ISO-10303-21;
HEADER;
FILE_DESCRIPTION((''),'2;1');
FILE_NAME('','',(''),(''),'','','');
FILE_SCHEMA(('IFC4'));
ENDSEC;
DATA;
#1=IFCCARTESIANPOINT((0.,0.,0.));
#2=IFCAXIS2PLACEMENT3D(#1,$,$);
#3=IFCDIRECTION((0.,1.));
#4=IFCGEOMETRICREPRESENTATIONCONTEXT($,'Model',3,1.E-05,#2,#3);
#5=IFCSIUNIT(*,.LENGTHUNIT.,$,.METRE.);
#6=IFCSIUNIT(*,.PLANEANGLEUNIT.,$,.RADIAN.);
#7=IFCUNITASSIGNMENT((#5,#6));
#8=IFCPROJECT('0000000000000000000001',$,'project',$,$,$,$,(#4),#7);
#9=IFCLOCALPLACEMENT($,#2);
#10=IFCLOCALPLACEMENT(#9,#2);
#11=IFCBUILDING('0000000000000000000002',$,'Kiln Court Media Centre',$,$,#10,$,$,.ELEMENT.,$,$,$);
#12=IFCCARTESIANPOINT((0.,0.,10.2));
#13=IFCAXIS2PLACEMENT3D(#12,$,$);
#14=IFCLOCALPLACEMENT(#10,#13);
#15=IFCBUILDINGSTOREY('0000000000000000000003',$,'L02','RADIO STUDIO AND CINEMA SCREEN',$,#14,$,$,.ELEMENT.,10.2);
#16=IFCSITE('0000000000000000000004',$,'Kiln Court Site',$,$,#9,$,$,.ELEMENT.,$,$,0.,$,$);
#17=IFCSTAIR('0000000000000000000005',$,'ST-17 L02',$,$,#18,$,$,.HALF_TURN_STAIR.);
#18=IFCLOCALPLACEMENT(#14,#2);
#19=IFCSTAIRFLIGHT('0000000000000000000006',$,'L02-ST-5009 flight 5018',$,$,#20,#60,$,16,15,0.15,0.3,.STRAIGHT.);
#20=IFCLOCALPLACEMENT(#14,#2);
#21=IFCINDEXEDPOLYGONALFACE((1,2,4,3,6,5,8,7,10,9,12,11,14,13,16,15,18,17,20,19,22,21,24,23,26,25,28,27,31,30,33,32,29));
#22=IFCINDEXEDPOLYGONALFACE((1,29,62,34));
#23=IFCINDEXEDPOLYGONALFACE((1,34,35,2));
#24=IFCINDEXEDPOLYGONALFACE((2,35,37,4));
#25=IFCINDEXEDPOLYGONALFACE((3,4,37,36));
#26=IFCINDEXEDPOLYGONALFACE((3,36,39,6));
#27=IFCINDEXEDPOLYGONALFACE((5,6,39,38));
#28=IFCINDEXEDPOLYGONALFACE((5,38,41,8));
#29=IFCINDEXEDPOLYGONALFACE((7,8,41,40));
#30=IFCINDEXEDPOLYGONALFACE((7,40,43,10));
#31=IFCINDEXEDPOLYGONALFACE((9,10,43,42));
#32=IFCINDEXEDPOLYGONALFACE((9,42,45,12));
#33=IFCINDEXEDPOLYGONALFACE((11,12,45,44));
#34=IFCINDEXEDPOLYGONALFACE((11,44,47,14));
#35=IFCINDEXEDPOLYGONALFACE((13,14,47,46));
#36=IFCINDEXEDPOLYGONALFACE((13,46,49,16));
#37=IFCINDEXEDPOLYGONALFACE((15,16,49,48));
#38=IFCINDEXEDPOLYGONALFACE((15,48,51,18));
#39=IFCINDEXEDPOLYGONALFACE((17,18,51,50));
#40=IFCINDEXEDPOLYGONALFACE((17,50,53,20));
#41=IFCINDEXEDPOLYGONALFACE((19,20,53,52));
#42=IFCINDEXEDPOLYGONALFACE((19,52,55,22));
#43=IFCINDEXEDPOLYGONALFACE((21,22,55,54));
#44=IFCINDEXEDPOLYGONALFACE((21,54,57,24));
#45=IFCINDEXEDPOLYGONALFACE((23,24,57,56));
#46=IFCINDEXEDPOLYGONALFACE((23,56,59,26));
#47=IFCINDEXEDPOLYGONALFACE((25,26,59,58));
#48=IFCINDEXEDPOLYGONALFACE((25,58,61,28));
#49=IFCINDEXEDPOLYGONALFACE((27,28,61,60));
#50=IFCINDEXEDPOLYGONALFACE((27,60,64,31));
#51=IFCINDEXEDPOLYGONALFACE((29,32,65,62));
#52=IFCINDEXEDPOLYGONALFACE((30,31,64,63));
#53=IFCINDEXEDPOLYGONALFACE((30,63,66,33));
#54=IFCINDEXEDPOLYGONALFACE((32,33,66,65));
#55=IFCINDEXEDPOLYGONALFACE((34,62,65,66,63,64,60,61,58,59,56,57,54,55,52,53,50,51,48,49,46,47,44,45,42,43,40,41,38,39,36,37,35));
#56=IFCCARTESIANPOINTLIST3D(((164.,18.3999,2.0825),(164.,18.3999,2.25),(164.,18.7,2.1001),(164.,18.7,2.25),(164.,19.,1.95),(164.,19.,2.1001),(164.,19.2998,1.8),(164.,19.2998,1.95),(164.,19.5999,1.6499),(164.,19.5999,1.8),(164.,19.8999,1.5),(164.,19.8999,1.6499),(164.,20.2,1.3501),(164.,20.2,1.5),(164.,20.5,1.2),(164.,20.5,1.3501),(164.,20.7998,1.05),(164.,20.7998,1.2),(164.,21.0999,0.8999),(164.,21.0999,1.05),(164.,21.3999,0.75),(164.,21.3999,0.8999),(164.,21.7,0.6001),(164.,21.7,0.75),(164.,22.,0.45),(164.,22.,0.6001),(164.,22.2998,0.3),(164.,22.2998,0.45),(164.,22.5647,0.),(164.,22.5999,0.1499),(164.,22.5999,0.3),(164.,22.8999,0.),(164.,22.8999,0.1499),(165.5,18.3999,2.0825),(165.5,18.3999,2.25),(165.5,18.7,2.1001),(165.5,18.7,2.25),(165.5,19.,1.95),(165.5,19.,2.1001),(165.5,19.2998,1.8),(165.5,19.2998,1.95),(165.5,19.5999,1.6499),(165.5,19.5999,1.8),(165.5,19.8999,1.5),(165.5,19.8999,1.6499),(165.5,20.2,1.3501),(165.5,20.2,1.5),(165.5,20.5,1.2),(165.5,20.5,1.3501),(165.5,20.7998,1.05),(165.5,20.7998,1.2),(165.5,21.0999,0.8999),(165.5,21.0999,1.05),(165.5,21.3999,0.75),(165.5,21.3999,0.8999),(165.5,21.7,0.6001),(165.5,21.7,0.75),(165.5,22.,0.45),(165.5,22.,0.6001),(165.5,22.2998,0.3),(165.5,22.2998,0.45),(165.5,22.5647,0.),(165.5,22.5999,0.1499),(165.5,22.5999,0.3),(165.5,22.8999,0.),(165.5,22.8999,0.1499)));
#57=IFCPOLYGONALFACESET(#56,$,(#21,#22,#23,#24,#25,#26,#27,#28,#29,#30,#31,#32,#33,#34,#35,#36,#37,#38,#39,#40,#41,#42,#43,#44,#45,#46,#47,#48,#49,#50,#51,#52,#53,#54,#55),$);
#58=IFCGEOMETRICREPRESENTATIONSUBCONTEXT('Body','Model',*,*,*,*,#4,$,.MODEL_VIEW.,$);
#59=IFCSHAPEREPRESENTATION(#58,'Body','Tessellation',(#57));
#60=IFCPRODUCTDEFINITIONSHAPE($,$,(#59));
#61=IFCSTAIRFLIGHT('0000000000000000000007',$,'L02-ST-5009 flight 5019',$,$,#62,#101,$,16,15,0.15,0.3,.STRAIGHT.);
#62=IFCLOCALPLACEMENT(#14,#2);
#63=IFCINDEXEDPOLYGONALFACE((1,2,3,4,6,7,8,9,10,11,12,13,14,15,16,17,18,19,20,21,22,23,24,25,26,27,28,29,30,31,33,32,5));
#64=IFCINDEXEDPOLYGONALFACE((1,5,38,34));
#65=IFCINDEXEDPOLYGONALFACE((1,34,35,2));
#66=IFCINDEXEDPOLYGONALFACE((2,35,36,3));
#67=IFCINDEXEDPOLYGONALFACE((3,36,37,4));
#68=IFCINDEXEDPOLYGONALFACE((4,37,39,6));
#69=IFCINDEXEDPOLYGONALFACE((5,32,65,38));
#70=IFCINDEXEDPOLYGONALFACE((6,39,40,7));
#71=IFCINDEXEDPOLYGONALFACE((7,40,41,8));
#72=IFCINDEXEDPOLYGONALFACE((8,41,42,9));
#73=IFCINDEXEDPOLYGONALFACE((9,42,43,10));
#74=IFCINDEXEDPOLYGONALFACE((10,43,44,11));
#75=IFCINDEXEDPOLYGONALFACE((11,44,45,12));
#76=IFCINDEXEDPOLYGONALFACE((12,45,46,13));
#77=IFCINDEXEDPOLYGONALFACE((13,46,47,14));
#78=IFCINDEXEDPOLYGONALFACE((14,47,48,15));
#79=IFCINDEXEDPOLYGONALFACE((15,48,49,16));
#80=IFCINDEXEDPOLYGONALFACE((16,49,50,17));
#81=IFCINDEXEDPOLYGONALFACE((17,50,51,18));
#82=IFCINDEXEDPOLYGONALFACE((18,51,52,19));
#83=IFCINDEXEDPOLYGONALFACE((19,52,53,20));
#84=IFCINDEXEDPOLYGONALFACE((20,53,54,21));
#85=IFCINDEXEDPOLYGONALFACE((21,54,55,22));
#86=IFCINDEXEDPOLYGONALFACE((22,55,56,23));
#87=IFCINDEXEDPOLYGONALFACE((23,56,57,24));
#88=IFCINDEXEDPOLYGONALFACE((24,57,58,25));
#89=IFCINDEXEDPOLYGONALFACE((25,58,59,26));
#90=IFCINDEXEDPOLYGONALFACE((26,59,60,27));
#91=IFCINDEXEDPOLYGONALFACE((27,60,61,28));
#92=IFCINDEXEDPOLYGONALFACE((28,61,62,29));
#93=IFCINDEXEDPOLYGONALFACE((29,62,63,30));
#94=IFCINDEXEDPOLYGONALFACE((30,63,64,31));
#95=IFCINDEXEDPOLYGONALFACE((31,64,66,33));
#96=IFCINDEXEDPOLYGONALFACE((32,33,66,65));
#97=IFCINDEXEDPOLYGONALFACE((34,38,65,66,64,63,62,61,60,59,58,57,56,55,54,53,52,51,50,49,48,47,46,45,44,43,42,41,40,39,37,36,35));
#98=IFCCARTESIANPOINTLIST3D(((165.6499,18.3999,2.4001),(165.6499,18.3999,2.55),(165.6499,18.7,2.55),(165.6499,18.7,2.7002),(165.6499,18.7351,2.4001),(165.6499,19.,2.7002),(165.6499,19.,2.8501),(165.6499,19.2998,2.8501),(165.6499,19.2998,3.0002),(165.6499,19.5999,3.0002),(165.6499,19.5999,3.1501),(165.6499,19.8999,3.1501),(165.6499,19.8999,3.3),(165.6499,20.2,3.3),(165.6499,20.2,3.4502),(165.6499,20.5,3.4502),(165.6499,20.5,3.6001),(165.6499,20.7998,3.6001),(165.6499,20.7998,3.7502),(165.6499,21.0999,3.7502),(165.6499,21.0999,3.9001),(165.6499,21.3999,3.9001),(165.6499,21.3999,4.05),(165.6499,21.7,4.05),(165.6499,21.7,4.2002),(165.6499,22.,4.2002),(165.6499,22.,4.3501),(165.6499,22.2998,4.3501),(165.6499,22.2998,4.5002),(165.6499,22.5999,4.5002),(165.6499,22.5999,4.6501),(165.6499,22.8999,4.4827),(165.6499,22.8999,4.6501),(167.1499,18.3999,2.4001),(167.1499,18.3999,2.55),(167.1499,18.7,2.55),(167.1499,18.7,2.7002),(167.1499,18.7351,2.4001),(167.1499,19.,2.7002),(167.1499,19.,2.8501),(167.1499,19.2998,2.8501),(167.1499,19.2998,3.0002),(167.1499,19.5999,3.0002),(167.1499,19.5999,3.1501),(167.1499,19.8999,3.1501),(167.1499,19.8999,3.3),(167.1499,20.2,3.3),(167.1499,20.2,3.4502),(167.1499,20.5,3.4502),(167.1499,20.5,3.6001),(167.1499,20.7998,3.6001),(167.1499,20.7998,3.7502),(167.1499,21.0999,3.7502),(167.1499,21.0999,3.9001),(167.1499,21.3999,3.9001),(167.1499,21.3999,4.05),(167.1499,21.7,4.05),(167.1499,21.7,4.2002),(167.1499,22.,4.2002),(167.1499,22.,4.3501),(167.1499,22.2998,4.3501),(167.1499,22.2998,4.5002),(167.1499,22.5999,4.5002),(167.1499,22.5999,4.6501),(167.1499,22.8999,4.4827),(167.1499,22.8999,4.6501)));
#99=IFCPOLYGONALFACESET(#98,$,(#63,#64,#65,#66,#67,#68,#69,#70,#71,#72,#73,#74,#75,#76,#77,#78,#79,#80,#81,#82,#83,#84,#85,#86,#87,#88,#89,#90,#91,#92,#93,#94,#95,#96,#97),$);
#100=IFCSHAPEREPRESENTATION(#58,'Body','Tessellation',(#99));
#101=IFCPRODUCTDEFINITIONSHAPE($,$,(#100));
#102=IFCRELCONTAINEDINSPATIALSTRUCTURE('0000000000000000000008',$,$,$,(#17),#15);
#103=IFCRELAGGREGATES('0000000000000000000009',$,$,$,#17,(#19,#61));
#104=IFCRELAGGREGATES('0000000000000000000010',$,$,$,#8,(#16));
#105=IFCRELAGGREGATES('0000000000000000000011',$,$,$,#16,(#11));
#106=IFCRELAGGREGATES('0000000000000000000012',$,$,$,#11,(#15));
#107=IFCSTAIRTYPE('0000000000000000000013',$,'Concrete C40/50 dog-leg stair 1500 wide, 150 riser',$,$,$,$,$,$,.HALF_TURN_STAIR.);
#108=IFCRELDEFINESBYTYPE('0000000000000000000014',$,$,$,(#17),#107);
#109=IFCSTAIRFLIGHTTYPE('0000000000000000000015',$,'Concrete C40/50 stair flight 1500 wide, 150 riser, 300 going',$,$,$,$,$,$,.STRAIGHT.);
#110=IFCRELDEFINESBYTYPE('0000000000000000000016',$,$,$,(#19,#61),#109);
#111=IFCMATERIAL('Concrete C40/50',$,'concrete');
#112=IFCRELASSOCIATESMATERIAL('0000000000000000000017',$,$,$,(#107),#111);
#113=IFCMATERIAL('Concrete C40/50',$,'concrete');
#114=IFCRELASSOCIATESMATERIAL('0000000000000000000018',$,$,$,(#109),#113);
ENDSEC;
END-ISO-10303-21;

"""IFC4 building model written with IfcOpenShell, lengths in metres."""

from ifc_helpers import new_model, si_unit, direction, frame, origin, place, context, subcontext, project, spatial, polyline, outline, extrude, material, type_object, element, aggregate, save


model = new_model("IFC4")

# Units and contexts
model_context = context("Model", 3, precision=1e-05, world=origin(), true_north=direction((0.0, 1.0)))
body_context = subcontext(model_context, "Body", "Model", "MODEL_VIEW")
ifc_project = project(units=[si_unit("LENGTHUNIT", "METRE"), si_unit("PLANEANGLEUNIT", "RADIAN")], contexts=[model_context])

# Site, building, storey
site_placement = place(None, origin())
site = spatial("IfcSite", under=ifc_project, at=site_placement, Name="Kiln Court Site", CompositionType="ELEMENT", RefElevation=0.0)
building_placement = place(site_placement, origin())
building = spatial("IfcBuilding", under=site, at=building_placement, Name="Kiln Court Media Centre", CompositionType="ELEMENT")
storey_placement = place(building_placement, frame((0.0, 0.0, 10.2)))
storey = spatial("IfcBuildingStorey", under=building, at=storey_placement, Name="L02", Description="RADIO STUDIO AND CINEMA SCREEN", CompositionType="ELEMENT", Elevation=10.2)

# Stair, stair flights
ifc_material_1 = material(Name="Concrete C40/50", Category="concrete")
stair_type = type_object("IfcStairType", Name="Concrete C40/50 dog-leg stair 1500 wide, 150 riser", PredefinedType="HALF_TURN_STAIR", material=ifc_material_1)
stair_placement = place(storey_placement, origin())
stair = element("IfcStair", 1, at=stair_placement, inside=storey, type_object=stair_type, Name="ST-17 L02", PredefinedType="HALF_TURN_STAIR")
ifc_material_2 = material(Name="Concrete C40/50", Category="concrete")
stair_flight_type = type_object("IfcStairFlightType", Name="Concrete C40/50 stair flight 1500 wide, 150 riser, 300 going", PredefinedType="STRAIGHT", material=ifc_material_2)
stair_flight_1_placement = place(storey_placement, frame((164.75, 22.8999, 0.0), z_axis=(0.0, 0.0, 1.0), x_axis=(0.0, -1.0, 0.0)))
stair_flight_1 = element("IfcStairFlight", 2, at=stair_flight_1_placement, type_object=stair_flight_type, Name="L02-ST-5009 flight 5018", NumberOfRisers=16, NumberOfTreads=15, PredefinedType="STRAIGHT", RiserHeight=0.15, TreadLength=0.3, context=body_context, shape_type="SweptSolid", body=[
    extrude(outline(polyline([(0.0, 0.0), (0.0, 0.1499), (0.3, 0.1499), (0.3, 0.3), (0.6001, 0.3), (0.6001, 0.45), (0.8999, 0.45), (0.8999, 0.6001), (1.2, 0.6001), (1.2, 0.75), (1.5, 0.75), (1.5, 0.8999), (1.8, 0.8999), (1.8, 1.05), (2.1001, 1.05), (2.1001, 1.2), (2.3999, 1.2), (2.3999, 1.3501), (2.7, 1.3501), (2.7, 1.5), (3.0, 1.5), (3.0, 1.6499), (3.3, 1.6499), (3.3, 1.8), (3.6001, 1.8), (3.6001, 1.95), (3.8999, 1.95), (3.8999, 2.1001), (4.2, 2.1001), (4.2, 2.25), (4.5, 2.25), (4.5, 2.3999), (4.5, 2.0825), (0.3352, 0.0), (0.0, 0.0)])), frame((0.0, 0.75, 0.0), z_axis=(0.0, -1.0, 0.0), x_axis=(1.0, 0.0, 0.0)), (0.0, 0.0, 1.0), 1.5),
])
stair_flight_2_placement = place(storey_placement, frame((166.3999, 18.3999, 2.4001), z_axis=(0.0, 0.0, 1.0), x_axis=(0.0, 1.0, 0.0)))
stair_flight_2 = element("IfcStairFlight", 3, at=stair_flight_2_placement, type_object=stair_flight_type, Name="L02-ST-5009 flight 5019", NumberOfRisers=16, NumberOfTreads=15, PredefinedType="STRAIGHT", RiserHeight=0.15, TreadLength=0.3, context=body_context, shape_type="SweptSolid", body=[
    extrude(outline(polyline([(0.0, 0.0), (0.0, 0.1499), (0.3, 0.1499), (0.3, 0.3), (0.6001, 0.3), (0.6001, 0.45), (0.8999, 0.45), (0.8999, 0.6001), (1.2, 0.6001), (1.2, 0.75), (1.5, 0.75), (1.5, 0.8999), (1.8, 0.8999), (1.8, 1.05), (2.1001, 1.05), (2.1001, 1.2), (2.3999, 1.2), (2.3999, 1.3501), (2.7, 1.3501), (2.7, 1.5), (3.0, 1.5), (3.0, 1.6499), (3.3, 1.6499), (3.3, 1.8), (3.6001, 1.8), (3.6001, 1.95), (3.8999, 1.95), (3.8999, 2.1001), (4.2, 2.1001), (4.2, 2.25), (4.5, 2.25), (4.5, 2.3999), (4.5, 2.0825), (0.3352, 0.0), (0.0, 0.0)])), frame((0.0, 0.75, 0.0), z_axis=(0.0, -1.0, 0.0), x_axis=(1.0, 0.0, 0.0)), (0.0, 0.0, 1.0), 1.5),
])
aggregate(stair, [stair_flight_1, stair_flight_2])

save(model, "model.ifc")
